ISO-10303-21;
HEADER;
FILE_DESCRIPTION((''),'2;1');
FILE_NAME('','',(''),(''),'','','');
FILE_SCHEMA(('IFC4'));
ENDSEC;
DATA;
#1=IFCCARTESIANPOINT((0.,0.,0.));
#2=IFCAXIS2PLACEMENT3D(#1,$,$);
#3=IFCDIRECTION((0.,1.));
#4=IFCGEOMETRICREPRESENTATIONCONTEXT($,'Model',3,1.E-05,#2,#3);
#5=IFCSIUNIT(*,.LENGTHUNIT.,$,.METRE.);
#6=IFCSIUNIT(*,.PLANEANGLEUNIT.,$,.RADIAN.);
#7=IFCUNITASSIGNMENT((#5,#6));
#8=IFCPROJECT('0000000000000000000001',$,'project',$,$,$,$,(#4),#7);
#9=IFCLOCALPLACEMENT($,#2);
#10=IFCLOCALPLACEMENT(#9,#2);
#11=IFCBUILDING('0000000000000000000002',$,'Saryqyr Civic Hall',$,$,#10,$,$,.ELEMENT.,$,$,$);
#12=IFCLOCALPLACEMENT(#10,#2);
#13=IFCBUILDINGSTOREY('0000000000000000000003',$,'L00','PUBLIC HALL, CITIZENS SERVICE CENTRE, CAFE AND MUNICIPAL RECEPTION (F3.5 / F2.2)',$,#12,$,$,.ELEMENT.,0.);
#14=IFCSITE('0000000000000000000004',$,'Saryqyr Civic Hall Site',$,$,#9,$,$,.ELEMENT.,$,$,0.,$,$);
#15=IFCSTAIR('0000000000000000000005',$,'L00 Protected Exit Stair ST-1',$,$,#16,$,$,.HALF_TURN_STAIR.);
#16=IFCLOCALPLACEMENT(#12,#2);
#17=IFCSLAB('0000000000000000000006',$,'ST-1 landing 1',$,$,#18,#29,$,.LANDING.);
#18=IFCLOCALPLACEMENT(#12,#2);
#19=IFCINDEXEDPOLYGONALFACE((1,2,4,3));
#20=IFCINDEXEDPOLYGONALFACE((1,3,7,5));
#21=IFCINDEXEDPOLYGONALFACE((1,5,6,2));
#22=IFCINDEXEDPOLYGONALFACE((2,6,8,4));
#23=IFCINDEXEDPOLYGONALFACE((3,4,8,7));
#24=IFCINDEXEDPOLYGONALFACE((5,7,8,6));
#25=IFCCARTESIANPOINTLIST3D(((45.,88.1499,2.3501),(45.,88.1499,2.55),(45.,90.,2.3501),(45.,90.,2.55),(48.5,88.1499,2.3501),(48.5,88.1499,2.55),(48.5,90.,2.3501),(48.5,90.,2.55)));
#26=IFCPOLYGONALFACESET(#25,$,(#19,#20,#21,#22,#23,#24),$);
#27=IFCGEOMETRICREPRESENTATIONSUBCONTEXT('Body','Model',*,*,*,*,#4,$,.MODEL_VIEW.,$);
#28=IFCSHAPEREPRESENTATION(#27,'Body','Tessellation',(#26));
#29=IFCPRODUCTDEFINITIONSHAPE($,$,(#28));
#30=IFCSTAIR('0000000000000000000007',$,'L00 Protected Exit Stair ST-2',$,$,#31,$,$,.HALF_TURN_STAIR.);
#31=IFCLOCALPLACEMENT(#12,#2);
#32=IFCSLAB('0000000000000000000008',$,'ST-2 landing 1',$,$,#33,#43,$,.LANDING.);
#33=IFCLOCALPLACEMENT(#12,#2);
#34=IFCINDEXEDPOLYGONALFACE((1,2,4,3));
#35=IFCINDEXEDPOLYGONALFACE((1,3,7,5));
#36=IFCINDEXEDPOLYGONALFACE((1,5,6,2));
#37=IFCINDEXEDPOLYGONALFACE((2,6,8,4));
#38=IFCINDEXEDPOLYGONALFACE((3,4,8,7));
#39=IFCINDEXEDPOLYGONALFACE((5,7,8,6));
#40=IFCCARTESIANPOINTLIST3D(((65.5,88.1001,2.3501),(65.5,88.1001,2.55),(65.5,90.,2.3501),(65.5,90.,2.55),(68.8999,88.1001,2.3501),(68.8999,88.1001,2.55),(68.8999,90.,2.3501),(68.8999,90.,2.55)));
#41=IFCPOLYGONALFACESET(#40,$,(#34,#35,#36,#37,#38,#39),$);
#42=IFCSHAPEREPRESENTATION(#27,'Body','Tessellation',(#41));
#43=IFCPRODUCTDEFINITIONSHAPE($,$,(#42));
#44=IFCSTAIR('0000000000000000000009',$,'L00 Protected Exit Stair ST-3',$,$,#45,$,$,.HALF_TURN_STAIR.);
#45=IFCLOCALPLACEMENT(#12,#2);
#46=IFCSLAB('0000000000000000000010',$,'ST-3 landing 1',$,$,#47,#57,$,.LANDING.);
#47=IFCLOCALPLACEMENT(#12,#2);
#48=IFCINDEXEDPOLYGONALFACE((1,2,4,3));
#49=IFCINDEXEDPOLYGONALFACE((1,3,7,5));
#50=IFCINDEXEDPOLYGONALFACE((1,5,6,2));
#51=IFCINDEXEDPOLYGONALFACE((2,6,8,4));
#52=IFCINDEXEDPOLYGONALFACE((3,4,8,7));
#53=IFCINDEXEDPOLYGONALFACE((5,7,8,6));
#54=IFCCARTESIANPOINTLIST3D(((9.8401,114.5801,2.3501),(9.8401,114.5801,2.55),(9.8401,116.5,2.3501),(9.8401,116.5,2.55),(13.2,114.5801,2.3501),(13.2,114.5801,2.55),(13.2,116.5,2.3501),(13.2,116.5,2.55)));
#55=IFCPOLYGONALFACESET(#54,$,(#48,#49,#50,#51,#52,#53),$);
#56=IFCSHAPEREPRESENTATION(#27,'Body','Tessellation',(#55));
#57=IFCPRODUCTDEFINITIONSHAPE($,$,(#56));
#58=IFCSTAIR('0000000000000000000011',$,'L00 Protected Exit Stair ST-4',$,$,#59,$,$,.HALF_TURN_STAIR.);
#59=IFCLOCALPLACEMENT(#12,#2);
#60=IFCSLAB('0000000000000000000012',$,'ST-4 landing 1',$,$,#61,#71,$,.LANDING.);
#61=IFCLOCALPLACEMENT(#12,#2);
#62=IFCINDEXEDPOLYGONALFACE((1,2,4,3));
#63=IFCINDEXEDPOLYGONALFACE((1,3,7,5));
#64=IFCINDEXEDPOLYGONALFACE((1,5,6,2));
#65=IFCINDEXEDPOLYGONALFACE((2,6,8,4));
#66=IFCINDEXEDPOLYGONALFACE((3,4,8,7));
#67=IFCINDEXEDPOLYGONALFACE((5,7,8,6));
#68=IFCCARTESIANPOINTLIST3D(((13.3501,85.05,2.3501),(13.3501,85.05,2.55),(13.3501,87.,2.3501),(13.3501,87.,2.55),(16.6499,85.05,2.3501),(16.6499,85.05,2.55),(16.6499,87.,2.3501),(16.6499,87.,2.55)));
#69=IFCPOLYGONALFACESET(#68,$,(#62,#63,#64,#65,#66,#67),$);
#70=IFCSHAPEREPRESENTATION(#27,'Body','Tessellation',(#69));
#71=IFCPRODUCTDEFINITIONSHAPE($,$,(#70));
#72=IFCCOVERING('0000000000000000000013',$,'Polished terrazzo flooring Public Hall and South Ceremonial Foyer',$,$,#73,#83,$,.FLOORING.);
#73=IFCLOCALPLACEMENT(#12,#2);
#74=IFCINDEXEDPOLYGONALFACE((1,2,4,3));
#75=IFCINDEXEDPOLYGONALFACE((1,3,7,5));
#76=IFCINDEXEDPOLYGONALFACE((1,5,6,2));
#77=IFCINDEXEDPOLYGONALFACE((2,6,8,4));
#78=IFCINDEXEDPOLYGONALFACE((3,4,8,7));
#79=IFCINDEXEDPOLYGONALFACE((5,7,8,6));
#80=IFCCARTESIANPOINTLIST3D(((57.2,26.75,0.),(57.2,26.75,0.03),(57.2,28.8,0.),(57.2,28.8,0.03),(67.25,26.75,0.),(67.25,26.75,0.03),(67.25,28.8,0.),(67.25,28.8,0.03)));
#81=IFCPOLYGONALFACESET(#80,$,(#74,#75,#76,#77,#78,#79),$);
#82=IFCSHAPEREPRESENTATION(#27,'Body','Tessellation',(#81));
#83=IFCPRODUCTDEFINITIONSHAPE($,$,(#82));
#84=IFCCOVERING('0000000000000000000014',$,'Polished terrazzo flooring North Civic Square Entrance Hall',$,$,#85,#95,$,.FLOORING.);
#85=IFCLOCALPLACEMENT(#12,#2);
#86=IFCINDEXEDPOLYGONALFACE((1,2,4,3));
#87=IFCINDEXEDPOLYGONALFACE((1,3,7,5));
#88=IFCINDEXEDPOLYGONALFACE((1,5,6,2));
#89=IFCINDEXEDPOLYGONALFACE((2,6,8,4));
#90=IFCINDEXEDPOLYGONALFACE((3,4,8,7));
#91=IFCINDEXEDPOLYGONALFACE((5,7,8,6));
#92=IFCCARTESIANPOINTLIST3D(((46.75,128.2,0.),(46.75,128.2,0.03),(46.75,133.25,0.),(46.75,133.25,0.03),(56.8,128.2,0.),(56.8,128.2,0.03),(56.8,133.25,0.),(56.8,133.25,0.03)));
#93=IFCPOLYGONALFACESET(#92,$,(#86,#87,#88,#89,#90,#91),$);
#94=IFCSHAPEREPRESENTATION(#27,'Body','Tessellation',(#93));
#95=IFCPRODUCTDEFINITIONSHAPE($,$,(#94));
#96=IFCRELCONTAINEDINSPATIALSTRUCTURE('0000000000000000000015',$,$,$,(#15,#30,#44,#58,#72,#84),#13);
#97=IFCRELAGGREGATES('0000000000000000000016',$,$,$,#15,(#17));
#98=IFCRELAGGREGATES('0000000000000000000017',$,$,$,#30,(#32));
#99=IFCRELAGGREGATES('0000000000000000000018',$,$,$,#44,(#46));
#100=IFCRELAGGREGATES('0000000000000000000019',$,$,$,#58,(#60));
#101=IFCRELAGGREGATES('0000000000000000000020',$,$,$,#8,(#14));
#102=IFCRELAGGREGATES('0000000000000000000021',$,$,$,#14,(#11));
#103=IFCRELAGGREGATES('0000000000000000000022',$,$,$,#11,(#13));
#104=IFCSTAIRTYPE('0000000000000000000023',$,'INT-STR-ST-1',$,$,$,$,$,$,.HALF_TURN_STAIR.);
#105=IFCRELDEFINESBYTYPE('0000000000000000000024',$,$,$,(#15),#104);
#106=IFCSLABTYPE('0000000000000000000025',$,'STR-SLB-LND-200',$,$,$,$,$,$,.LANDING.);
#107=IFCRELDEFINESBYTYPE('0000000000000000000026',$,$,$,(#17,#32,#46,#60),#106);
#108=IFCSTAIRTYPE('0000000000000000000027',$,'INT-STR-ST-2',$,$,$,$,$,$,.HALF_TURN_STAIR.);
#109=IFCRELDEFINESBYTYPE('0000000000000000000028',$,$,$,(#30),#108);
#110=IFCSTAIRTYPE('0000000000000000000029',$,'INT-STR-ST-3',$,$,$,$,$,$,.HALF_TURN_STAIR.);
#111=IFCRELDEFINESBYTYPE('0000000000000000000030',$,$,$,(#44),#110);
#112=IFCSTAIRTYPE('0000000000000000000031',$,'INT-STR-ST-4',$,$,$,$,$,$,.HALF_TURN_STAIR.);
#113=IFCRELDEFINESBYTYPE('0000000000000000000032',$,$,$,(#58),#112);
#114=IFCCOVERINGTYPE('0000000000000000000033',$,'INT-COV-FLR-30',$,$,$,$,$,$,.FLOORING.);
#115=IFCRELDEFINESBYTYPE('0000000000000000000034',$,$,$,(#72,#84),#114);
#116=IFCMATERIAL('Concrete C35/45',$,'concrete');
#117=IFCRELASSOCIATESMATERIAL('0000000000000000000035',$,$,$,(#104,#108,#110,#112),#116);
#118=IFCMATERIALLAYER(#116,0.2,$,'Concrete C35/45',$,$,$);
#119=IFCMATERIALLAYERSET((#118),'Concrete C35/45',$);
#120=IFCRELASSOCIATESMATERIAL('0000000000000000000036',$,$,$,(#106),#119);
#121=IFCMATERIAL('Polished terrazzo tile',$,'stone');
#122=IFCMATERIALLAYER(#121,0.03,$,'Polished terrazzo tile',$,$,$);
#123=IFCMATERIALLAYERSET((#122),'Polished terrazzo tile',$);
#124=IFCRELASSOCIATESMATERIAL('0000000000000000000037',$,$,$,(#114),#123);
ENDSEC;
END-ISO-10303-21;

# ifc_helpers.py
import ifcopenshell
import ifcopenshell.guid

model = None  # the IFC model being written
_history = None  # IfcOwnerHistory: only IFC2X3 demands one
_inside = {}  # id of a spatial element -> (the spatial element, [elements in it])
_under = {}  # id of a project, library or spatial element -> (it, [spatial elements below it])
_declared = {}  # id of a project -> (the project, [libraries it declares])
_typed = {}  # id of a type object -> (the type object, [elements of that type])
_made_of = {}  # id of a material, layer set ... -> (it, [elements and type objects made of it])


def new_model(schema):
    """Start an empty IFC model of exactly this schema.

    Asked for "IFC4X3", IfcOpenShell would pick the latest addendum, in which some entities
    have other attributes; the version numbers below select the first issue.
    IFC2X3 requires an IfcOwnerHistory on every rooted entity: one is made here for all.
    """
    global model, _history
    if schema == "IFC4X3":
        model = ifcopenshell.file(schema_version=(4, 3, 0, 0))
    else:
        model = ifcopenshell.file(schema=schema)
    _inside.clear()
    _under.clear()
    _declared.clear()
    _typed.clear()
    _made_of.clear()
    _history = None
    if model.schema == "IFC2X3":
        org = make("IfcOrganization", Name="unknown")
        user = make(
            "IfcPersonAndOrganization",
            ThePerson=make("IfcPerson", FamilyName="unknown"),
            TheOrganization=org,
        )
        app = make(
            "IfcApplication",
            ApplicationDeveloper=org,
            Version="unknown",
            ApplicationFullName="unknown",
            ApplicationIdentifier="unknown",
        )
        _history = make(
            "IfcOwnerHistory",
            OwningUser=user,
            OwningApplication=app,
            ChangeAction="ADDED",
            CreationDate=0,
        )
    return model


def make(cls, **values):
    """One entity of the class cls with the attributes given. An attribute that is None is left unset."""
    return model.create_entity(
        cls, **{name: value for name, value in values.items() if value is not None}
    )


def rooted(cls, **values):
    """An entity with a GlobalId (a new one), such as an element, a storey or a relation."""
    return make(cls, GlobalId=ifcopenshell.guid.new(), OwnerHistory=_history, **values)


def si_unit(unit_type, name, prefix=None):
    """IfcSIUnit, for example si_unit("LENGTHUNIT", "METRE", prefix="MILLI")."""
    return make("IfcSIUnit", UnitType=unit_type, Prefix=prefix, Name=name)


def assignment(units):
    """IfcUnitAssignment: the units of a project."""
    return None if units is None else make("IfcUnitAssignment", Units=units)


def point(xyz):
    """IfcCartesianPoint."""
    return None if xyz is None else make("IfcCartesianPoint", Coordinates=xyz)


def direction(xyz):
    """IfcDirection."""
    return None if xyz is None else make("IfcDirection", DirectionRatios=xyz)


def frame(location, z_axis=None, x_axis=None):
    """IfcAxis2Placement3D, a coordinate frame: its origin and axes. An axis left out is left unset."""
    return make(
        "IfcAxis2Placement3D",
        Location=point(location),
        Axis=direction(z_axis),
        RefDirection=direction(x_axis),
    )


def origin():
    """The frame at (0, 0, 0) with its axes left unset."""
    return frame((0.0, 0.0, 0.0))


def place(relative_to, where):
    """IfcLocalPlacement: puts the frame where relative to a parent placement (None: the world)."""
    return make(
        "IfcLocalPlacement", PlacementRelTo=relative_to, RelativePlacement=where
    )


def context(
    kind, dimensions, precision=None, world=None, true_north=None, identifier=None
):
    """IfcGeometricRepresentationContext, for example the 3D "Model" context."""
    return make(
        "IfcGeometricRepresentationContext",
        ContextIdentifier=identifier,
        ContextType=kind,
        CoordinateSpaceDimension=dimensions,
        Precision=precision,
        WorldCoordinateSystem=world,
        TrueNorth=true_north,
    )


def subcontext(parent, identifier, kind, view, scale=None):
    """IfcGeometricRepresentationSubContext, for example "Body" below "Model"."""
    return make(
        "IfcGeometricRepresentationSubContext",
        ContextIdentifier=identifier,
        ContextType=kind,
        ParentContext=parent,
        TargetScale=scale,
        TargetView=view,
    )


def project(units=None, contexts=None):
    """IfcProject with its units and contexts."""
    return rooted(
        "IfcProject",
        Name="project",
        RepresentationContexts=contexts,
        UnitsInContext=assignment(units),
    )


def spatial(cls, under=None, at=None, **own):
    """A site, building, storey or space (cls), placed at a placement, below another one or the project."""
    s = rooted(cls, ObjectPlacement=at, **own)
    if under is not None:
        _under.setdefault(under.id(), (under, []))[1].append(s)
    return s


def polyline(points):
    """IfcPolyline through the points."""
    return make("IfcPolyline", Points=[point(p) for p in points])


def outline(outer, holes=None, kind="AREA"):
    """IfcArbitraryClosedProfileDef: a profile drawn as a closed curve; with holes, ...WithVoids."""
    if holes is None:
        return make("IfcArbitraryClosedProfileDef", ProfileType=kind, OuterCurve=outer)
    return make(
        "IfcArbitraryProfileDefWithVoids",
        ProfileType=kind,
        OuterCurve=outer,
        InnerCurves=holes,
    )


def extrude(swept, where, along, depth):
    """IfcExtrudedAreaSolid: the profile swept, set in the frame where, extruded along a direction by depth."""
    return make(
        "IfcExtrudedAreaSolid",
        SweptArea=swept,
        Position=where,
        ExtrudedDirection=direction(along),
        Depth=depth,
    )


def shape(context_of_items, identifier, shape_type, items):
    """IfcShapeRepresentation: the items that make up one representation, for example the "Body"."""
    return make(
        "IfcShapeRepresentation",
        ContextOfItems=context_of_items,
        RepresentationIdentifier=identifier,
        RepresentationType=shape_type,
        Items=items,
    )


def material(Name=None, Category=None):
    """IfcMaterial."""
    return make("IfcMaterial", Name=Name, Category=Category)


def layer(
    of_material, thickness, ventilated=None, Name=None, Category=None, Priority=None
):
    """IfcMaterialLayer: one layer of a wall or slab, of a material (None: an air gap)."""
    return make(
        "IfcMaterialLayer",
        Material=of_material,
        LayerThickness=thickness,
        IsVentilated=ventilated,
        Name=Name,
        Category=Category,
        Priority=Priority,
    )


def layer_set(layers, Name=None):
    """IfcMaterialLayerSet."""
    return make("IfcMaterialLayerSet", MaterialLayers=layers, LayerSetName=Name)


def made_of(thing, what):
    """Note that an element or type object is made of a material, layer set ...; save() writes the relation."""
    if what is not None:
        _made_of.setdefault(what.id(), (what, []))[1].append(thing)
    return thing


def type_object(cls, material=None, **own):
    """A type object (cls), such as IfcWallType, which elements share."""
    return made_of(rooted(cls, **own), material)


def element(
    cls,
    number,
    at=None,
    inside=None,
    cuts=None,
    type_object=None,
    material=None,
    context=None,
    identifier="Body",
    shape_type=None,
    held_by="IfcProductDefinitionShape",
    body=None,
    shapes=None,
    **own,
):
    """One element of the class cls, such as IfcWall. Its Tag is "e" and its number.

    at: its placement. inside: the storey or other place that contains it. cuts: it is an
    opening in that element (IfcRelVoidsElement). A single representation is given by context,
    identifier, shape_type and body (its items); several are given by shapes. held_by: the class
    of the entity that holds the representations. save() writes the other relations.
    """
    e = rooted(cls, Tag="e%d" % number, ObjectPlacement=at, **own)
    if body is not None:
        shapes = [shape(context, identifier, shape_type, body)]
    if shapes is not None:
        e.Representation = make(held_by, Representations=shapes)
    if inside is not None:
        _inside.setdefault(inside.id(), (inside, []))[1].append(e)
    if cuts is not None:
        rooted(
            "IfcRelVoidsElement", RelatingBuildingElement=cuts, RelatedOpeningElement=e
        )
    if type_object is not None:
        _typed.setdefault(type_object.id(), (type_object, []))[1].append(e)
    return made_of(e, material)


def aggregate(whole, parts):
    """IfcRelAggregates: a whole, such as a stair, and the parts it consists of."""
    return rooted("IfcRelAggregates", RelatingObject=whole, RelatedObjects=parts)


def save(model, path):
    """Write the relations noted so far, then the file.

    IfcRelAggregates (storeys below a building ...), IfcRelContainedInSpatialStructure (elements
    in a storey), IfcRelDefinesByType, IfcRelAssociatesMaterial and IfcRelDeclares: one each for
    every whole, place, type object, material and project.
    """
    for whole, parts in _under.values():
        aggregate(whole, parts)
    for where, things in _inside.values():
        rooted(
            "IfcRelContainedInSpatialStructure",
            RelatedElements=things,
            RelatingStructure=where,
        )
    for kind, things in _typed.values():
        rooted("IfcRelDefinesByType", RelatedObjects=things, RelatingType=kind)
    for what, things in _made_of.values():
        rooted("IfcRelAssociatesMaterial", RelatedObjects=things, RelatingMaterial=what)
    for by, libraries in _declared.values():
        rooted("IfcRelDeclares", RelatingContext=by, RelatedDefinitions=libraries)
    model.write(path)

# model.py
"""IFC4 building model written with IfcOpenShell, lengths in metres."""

from ifc_helpers import new_model, si_unit, direction, frame, origin, place, context, subcontext, project, spatial, polyline, outline, extrude, material, layer, layer_set, type_object, element, aggregate, save


model = new_model("IFC4")

# Units and contexts
model_context = context("Model", 3, precision=1e-05, world=origin(), true_north=direction((0.0, 1.0)))
body_context = subcontext(model_context, "Body", "Model", "MODEL_VIEW")
ifc_project = project(units=[si_unit("LENGTHUNIT", "METRE"), si_unit("PLANEANGLEUNIT", "RADIAN")], contexts=[model_context])

# Site, building, storey
site_placement = place(None, origin())
site = spatial("IfcSite", under=ifc_project, at=site_placement, Name="Saryqyr Civic Hall Site", CompositionType="ELEMENT", RefElevation=0.0)
building_placement = place(site_placement, origin())
building = spatial("IfcBuilding", under=site, at=building_placement, Name="Saryqyr Civic Hall", CompositionType="ELEMENT")
storey_placement = place(building_placement, origin())
storey = spatial("IfcBuildingStorey", under=building, at=storey_placement, Name="L00", Description="PUBLIC HALL, CITIZENS SERVICE CENTRE, CAFE AND MUNICIPAL RECEPTION (F3.5 / F2.2)", CompositionType="ELEMENT", Elevation=0.0)

# Shared definitions
ifc_material_1 = material(Name="Concrete C35/45", Category="concrete")

# Stairs, slabs
stair_type_1 = type_object("IfcStairType", Name="INT-STR-ST-1", PredefinedType="HALF_TURN_STAIR", material=ifc_material_1)
stair_1_placement = place(storey_placement, origin())
stair_1 = element("IfcStair", 1, at=stair_1_placement, inside=storey, type_object=stair_type_1, Name="L00 Protected Exit Stair ST-1", PredefinedType="HALF_TURN_STAIR")
ifc_layer_1 = layer(ifc_material_1, 0.2, Name="Concrete C35/45")
ifc_layer_set_1 = layer_set([ifc_layer_1], Name="Concrete C35/45")
slab_type_1 = type_object("IfcSlabType", Name="STR-SLB-LND-200", PredefinedType="LANDING", material=ifc_layer_set_1)
slab_1_placement = place(storey_placement, frame((0.0, 0.0, 2.3501)))
slab_1 = element("IfcSlab", 2, at=slab_1_placement, type_object=slab_type_1, Name="ST-1 landing 1", PredefinedType="LANDING", context=body_context, shape_type="SweptSolid", body=[
    extrude(outline(polyline([(48.5, 88.1499), (48.5, 90.0), (45.0, 90.0), (45.0, 88.1499), (48.5, 88.1499)])), origin(), (0.0, 0.0, 1.0), 0.2),
])
aggregate(stair_1, [slab_1])
stair_type_2 = type_object("IfcStairType", Name="INT-STR-ST-2", PredefinedType="HALF_TURN_STAIR", material=ifc_material_1)
stair_2_placement = place(storey_placement, origin())
stair_2 = element("IfcStair", 3, at=stair_2_placement, inside=storey, type_object=stair_type_2, Name="L00 Protected Exit Stair ST-2", PredefinedType="HALF_TURN_STAIR")
slab_2_placement = place(storey_placement, frame((0.0, 0.0, 2.3501)))
slab_2 = element("IfcSlab", 4, at=slab_2_placement, type_object=slab_type_1, Name="ST-2 landing 1", PredefinedType="LANDING", context=body_context, shape_type="SweptSolid", body=[
    extrude(outline(polyline([(68.8999, 88.1001), (68.8999, 90.0), (65.5, 90.0), (65.5, 88.1001), (68.8999, 88.1001)])), origin(), (0.0, 0.0, 1.0), 0.2),
])
aggregate(stair_2, [slab_2])
stair_type_3 = type_object("IfcStairType", Name="INT-STR-ST-3", PredefinedType="HALF_TURN_STAIR", material=ifc_material_1)
stair_3_placement = place(storey_placement, origin())
stair_3 = element("IfcStair", 5, at=stair_3_placement, inside=storey, type_object=stair_type_3, Name="L00 Protected Exit Stair ST-3", PredefinedType="HALF_TURN_STAIR")
slab_3_placement = place(storey_placement, frame((0.0, 0.0, 2.3501)))
slab_3 = element("IfcSlab", 6, at=slab_3_placement, type_object=slab_type_1, Name="ST-3 landing 1", PredefinedType="LANDING", context=body_context, shape_type="SweptSolid", body=[
    extrude(outline(polyline([(13.2, 114.5801), (13.2, 116.5), (9.8401, 116.5), (9.8401, 114.5801), (13.2, 114.5801)])), origin(), (0.0, 0.0, 1.0), 0.2),
])
aggregate(stair_3, [slab_3])
stair_type_4 = type_object("IfcStairType", Name="INT-STR-ST-4", PredefinedType="HALF_TURN_STAIR", material=ifc_material_1)
stair_4_placement = place(storey_placement, origin())
stair_4 = element("IfcStair", 7, at=stair_4_placement, inside=storey, type_object=stair_type_4, Name="L00 Protected Exit Stair ST-4", PredefinedType="HALF_TURN_STAIR")
slab_4_placement = place(storey_placement, frame((0.0, 0.0, 2.3501)))
slab_4 = element("IfcSlab", 8, at=slab_4_placement, type_object=slab_type_1, Name="ST-4 landing 1", PredefinedType="LANDING", context=body_context, shape_type="SweptSolid", body=[
    extrude(outline(polyline([(16.6499, 85.05), (16.6499, 87.0), (13.3501, 87.0), (13.3501, 85.05), (16.6499, 85.05)])), origin(), (0.0, 0.0, 1.0), 0.2),
])
aggregate(stair_4, [slab_4])

# Coverings
ifc_material_2 = material(Name="Polished terrazzo tile", Category="stone")
ifc_layer_2 = layer(ifc_material_2, 0.03, Name="Polished terrazzo tile")
ifc_layer_set_2 = layer_set([ifc_layer_2], Name="Polished terrazzo tile")
covering_type = type_object("IfcCoveringType", Name="INT-COV-FLR-30", PredefinedType="FLOORING", material=ifc_layer_set_2)
covering_1_placement = place(storey_placement, origin())
element("IfcCovering", 9, at=covering_1_placement, inside=storey, type_object=covering_type, Name="Polished terrazzo flooring Public Hall and South Ceremonial Foyer", PredefinedType="FLOORING", context=body_context, shape_type="SweptSolid", body=[
    extrude(outline(polyline([(67.25, 26.75), (57.2, 26.75), (57.2, 28.8), (67.25, 28.8), (67.25, 26.75)])), origin(), (0.0, 0.0, 1.0), 0.03),
])
covering_2_placement = place(storey_placement, origin())
element("IfcCovering", 10, at=covering_2_placement, inside=storey, type_object=covering_type, Name="Polished terrazzo flooring North Civic Square Entrance Hall", PredefinedType="FLOORING", context=body_context, shape_type="SweptSolid", body=[
    extrude(outline(polyline([(46.75, 133.25), (56.8, 133.25), (56.8, 128.2), (46.75, 128.2), (46.75, 133.25)])), origin(), (0.0, 0.0, 1.0), 0.03),
])

save(model, "model.ifc")
